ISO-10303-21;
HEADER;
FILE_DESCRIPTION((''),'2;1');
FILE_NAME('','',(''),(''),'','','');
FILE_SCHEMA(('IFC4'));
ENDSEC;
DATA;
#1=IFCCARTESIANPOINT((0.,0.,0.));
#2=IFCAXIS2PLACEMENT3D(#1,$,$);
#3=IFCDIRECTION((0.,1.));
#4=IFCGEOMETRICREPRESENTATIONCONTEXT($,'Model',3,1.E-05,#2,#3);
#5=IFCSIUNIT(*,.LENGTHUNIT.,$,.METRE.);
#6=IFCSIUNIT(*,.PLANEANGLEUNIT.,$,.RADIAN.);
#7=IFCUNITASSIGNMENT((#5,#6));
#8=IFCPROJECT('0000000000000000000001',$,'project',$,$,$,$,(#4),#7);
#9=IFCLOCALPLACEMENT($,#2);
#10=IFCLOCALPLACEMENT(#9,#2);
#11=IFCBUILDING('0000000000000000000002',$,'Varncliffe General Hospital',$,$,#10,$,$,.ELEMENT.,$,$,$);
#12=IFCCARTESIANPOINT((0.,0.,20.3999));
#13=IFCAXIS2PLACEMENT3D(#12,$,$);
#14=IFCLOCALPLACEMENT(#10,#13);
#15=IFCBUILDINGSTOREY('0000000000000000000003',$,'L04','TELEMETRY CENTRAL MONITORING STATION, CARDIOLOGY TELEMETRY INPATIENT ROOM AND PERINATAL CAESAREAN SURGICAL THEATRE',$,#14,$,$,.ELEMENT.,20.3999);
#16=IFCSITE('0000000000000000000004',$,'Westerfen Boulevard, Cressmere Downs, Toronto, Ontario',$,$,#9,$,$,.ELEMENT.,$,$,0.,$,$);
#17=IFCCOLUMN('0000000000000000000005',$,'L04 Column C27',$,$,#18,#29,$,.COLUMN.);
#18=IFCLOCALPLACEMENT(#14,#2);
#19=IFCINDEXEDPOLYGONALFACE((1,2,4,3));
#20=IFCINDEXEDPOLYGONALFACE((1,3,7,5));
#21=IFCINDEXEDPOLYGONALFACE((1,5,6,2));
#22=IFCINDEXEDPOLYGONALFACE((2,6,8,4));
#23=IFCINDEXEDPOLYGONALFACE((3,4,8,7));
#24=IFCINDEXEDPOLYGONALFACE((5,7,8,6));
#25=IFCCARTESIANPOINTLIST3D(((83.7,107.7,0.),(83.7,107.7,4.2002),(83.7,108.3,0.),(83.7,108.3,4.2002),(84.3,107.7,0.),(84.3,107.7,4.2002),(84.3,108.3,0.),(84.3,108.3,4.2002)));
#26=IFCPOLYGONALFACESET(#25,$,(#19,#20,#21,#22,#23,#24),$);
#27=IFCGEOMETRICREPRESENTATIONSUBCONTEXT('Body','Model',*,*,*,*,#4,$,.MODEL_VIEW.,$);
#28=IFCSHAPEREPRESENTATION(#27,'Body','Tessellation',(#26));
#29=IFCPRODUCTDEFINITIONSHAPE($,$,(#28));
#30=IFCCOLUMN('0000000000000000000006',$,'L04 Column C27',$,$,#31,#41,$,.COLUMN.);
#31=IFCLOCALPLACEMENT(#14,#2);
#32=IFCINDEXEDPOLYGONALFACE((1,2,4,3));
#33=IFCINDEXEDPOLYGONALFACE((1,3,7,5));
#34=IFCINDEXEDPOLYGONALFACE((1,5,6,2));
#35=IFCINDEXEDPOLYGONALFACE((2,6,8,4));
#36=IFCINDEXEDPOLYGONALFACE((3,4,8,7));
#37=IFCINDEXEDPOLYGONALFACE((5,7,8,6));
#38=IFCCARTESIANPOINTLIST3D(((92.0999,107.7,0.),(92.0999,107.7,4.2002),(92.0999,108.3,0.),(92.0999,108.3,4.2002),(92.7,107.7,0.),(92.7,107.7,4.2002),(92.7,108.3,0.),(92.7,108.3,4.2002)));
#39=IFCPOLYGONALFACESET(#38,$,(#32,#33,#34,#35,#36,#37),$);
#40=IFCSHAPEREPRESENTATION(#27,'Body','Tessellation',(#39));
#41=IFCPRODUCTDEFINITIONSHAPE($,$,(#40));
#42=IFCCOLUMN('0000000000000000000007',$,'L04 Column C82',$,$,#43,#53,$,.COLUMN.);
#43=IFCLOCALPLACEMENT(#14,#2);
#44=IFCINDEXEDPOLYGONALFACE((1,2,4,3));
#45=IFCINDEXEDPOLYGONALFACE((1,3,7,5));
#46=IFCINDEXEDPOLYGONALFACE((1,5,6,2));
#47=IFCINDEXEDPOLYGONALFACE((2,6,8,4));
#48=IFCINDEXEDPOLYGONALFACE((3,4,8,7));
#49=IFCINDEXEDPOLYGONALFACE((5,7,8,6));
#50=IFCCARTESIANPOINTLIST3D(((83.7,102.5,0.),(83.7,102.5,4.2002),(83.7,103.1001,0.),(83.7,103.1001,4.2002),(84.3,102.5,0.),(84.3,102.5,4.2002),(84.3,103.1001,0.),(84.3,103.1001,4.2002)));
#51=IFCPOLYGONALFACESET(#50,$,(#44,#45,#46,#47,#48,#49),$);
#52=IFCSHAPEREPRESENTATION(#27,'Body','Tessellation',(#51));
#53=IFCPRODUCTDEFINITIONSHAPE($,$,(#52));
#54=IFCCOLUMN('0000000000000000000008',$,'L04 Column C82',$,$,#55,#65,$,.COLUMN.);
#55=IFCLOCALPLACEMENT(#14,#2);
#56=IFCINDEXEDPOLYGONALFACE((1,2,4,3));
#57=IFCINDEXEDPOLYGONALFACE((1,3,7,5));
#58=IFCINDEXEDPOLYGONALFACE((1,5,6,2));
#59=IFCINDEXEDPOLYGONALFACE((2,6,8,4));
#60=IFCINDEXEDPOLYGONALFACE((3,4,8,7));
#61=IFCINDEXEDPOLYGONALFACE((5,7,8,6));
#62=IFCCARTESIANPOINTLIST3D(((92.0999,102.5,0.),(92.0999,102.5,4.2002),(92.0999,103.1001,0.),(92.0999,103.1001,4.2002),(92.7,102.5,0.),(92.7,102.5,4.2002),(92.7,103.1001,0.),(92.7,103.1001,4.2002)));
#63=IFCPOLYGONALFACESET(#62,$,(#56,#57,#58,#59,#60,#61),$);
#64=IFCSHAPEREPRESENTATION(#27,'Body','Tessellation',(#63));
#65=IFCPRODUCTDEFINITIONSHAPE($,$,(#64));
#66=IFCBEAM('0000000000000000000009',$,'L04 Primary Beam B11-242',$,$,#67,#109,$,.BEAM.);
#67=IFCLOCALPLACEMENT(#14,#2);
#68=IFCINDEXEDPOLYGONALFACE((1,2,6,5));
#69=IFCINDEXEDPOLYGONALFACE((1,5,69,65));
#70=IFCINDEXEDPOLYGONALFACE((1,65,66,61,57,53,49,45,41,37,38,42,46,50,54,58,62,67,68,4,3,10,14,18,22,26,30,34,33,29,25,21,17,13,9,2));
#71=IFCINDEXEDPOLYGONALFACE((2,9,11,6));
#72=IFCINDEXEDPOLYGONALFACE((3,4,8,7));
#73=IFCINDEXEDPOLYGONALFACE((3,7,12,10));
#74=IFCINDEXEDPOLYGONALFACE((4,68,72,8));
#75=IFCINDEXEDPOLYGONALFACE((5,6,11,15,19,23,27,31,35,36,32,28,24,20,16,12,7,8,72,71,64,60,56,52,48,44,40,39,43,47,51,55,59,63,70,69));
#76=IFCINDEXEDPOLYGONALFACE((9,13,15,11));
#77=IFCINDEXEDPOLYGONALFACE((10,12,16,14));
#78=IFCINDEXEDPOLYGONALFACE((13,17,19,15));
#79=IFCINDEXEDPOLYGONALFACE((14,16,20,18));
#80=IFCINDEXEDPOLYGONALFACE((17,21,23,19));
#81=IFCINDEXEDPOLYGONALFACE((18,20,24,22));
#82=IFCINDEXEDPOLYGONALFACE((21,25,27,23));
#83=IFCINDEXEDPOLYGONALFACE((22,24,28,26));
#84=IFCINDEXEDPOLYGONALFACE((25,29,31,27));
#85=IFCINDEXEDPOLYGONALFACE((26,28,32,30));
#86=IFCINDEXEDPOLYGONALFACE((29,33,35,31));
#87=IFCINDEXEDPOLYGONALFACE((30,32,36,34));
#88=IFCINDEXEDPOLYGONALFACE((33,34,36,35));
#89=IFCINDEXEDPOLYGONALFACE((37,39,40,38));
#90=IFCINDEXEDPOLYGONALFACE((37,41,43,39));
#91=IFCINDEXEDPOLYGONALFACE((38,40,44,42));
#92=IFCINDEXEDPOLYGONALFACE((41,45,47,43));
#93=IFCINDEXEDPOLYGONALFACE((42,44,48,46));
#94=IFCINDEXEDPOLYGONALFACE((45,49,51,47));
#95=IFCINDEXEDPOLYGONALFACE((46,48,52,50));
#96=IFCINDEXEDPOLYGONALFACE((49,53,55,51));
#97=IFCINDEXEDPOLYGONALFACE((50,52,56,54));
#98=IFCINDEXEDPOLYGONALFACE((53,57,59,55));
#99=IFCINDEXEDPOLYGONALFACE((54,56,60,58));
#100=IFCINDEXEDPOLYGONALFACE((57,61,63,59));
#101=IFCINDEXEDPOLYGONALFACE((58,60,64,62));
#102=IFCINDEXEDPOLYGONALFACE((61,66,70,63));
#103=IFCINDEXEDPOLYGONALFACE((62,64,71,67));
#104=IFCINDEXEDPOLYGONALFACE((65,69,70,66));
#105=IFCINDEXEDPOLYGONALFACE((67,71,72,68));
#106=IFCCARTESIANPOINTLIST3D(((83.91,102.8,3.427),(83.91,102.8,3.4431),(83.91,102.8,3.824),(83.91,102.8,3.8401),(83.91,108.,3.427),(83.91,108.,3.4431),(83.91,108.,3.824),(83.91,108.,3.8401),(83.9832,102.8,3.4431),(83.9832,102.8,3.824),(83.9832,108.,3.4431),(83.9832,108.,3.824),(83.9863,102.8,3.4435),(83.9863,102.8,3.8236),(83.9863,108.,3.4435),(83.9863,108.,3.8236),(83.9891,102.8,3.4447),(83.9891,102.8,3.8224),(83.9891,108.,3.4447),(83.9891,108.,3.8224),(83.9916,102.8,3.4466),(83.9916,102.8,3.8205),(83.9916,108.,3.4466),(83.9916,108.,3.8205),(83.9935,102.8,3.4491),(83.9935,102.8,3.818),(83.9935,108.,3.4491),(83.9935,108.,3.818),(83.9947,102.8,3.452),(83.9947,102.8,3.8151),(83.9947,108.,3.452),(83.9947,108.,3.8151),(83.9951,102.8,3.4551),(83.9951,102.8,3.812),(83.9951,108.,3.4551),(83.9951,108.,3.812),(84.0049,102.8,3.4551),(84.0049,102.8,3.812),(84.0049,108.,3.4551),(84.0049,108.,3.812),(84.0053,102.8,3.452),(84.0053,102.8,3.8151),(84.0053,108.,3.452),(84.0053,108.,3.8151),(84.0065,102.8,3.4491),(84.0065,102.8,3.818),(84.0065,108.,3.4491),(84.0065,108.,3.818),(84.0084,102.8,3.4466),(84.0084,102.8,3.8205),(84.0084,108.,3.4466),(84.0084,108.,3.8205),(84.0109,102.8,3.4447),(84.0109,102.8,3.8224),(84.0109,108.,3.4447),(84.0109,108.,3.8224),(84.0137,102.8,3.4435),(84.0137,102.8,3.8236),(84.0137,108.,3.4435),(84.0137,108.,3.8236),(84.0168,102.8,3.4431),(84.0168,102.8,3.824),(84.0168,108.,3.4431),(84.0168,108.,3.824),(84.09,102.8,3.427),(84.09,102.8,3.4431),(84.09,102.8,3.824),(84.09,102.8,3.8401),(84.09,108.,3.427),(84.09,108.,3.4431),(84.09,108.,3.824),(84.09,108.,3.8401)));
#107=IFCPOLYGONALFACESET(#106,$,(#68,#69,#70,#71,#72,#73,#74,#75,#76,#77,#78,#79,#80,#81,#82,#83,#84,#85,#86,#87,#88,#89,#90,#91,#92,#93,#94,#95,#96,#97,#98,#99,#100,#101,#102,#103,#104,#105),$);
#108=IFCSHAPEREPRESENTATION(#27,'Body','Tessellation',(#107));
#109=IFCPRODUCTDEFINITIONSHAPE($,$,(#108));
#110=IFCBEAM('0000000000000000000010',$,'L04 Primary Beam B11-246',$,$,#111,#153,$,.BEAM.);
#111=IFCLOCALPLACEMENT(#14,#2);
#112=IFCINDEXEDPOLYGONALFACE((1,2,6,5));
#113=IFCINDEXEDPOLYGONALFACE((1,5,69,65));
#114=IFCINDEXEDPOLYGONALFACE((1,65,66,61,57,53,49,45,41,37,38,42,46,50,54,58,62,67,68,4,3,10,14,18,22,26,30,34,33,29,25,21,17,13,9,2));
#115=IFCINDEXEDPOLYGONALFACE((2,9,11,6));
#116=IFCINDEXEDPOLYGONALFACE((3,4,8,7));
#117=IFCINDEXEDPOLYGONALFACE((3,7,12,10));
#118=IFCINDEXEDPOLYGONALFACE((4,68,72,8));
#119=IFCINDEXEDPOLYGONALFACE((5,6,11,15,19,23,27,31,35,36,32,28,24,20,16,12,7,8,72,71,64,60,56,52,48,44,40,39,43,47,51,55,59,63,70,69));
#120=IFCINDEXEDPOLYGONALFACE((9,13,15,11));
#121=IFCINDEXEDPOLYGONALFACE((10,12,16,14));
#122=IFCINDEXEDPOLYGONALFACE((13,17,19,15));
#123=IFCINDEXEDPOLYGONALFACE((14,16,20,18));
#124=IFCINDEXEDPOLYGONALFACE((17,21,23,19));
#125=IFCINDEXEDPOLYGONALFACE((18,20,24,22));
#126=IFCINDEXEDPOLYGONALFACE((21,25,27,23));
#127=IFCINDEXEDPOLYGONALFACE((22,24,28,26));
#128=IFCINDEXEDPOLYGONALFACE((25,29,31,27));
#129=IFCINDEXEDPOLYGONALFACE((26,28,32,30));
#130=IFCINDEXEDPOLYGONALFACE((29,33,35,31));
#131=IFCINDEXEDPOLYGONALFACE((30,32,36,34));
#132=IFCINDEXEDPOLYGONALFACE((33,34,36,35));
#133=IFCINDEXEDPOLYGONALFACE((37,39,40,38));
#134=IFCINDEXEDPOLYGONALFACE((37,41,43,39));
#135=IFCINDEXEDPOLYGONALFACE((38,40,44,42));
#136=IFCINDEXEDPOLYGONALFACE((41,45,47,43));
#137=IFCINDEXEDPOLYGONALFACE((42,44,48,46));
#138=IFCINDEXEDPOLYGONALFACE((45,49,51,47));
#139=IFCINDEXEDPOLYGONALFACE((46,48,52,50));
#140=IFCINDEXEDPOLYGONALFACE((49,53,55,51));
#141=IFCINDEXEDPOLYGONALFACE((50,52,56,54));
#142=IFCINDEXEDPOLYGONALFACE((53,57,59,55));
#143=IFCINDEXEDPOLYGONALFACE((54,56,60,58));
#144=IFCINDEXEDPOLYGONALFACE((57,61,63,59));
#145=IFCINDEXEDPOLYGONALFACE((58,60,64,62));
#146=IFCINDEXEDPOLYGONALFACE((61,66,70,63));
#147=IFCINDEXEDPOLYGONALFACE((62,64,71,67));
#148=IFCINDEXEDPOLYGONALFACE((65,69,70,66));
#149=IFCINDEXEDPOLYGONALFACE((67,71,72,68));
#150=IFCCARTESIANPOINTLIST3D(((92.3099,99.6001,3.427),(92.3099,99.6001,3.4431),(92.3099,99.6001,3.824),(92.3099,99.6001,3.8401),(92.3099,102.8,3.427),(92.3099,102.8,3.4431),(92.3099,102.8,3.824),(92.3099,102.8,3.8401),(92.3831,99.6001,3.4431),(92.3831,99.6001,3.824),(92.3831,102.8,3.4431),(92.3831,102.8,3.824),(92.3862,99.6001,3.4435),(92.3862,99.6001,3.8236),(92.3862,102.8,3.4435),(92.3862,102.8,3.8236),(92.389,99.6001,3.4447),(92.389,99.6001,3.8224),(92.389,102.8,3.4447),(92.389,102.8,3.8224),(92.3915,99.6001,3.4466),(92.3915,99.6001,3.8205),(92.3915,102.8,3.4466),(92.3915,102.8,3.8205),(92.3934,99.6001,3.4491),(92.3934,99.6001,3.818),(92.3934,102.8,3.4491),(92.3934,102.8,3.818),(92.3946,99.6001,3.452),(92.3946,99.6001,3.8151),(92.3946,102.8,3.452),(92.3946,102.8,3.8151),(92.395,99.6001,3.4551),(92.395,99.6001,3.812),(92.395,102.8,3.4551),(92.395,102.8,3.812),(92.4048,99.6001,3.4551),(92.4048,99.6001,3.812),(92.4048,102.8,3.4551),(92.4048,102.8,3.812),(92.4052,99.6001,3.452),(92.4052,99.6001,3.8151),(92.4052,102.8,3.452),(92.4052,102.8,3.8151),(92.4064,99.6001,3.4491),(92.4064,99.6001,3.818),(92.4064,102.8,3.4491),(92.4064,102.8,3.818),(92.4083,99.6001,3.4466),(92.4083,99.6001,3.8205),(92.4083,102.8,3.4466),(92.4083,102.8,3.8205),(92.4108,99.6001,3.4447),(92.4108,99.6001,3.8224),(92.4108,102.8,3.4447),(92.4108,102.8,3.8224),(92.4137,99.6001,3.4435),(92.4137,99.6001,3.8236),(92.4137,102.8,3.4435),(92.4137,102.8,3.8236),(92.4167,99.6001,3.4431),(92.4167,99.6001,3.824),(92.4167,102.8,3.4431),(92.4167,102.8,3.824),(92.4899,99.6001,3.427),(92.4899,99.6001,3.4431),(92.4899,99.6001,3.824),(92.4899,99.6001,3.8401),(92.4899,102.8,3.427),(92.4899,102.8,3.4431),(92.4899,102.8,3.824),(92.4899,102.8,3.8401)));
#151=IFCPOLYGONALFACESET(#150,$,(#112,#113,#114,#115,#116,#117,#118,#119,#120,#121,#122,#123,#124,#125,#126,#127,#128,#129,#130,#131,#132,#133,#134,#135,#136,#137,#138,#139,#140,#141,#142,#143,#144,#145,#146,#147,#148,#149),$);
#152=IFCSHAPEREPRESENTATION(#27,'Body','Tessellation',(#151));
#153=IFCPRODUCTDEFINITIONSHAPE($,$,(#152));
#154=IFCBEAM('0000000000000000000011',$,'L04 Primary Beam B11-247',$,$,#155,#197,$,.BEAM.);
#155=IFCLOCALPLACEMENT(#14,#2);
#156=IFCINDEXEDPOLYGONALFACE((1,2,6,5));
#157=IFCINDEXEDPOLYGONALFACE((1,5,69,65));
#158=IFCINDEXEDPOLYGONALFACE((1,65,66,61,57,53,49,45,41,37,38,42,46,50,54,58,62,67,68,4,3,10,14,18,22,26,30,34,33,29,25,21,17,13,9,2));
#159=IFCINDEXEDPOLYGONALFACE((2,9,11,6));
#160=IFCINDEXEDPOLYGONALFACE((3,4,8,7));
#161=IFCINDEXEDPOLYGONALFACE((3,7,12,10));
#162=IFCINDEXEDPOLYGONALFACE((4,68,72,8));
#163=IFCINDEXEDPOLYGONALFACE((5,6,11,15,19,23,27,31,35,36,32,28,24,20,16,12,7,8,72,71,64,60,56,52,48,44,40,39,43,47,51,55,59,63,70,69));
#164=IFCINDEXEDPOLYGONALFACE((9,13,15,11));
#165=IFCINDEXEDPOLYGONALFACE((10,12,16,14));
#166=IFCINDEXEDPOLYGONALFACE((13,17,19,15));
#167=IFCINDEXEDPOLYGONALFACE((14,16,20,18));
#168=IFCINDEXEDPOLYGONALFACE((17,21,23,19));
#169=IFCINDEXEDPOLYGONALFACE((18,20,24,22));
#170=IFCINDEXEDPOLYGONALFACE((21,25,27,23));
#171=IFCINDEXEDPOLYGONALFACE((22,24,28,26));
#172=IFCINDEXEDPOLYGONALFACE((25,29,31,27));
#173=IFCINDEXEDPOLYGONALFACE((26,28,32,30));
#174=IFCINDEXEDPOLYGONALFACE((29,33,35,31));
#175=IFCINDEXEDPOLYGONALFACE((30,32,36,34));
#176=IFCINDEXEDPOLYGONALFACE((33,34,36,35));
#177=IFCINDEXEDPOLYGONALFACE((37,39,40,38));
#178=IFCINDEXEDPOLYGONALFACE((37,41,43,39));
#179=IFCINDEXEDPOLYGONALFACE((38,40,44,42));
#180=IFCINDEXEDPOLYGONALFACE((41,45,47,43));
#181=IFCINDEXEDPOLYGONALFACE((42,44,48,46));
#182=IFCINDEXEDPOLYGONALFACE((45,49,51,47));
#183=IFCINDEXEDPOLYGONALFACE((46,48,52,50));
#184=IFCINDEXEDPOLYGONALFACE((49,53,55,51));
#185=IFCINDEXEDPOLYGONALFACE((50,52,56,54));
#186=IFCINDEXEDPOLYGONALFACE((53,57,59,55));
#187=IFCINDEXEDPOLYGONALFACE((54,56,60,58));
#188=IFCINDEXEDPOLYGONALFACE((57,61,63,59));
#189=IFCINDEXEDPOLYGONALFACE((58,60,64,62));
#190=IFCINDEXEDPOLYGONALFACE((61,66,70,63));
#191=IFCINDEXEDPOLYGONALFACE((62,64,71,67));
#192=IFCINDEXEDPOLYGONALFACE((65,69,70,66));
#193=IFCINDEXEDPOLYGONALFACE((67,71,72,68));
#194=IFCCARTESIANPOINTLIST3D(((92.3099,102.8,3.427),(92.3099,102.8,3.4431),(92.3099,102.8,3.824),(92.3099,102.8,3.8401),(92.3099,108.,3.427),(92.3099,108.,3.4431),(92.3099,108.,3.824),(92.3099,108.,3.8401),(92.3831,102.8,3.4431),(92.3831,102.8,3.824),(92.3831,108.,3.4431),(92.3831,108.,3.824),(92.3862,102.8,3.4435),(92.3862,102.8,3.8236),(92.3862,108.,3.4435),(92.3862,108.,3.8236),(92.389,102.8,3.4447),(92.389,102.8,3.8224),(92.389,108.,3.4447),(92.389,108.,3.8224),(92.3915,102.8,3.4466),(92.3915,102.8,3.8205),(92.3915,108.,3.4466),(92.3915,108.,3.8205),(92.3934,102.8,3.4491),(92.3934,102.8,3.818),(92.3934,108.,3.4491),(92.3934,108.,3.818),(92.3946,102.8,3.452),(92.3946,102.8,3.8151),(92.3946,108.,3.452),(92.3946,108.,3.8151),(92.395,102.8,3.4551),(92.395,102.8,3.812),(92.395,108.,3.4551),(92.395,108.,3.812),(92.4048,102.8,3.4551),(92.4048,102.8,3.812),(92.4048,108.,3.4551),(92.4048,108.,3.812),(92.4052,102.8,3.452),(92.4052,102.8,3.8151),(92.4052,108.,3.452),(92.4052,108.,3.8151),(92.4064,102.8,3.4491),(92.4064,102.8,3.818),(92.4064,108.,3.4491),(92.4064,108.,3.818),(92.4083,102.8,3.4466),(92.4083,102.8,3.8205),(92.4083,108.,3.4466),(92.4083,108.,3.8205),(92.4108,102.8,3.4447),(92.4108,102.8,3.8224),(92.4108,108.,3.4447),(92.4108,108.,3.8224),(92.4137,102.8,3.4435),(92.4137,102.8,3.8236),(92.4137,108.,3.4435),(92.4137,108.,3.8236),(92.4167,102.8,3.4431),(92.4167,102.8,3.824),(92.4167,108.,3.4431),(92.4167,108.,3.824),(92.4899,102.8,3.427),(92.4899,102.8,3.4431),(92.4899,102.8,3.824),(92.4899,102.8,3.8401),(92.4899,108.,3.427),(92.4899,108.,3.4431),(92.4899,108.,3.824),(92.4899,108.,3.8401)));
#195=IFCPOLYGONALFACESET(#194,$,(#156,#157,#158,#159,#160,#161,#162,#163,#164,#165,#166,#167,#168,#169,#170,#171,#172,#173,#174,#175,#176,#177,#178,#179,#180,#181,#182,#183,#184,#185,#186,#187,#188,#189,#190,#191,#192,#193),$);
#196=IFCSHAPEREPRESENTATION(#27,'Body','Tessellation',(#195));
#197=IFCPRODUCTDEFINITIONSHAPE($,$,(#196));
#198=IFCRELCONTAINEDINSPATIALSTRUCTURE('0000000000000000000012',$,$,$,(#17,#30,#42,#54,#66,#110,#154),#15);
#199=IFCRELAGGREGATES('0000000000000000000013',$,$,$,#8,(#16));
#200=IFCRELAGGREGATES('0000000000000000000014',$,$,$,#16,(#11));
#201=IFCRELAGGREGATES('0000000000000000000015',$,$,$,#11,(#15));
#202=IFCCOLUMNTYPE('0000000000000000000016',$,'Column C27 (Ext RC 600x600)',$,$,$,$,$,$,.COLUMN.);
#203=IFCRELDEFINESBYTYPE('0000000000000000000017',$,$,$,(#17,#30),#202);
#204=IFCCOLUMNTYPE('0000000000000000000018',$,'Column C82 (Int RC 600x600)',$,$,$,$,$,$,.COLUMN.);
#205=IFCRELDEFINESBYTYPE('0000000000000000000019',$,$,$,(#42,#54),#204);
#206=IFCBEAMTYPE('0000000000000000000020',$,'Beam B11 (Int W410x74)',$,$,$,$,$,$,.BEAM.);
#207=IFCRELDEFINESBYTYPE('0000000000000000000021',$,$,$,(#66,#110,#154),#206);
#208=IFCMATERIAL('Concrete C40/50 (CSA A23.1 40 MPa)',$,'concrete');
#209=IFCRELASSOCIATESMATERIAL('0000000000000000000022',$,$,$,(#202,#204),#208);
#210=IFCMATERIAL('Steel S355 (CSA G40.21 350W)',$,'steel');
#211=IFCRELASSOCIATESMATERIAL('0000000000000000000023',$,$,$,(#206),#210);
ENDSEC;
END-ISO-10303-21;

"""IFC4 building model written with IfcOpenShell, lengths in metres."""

from ifc_helpers import new_model, si_unit, direction, frame, origin, origin_2d, place, context, subcontext, project, spatial, rectangle, i_section, extrude, material, material_profile, profile_set, type_object, element, save


model = new_model("IFC4")

# Units and contexts
model_context = context("Model", 3, precision=1e-05, world=origin(), true_north=direction((0.0, 1.0)))
body_context = subcontext(model_context, "Body", "Model", "MODEL_VIEW")
ifc_project = project(units=[si_unit("LENGTHUNIT", "METRE"), si_unit("PLANEANGLEUNIT", "RADIAN")], contexts=[model_context])

# Site, building, storey
site_placement = place(None, origin())
site = spatial("IfcSite", under=ifc_project, at=site_placement, Name="Westerfen Boulevard, Cressmere Downs, Toronto, Ontario", CompositionType="ELEMENT", RefElevation=0.0)
building_placement = place(site_placement, origin())
building = spatial("IfcBuilding", under=site, at=building_placement, Name="Varncliffe General Hospital", CompositionType="ELEMENT")
storey_placement = place(building_placement, frame((0.0, 0.0, 20.3999)))
storey = spatial("IfcBuildingStorey", under=building, at=storey_placement, Name="L04", Description="TELEMETRY CENTRAL MONITORING STATION, CARDIOLOGY TELEMETRY INPATIENT ROOM AND PERINATAL CAESAREAN SURGICAL THEATRE", CompositionType="ELEMENT", Elevation=20.3999)

# Columns
ifc_material_1 = material(Name="Concrete C40/50 (CSA A23.1 40 MPa)", Category="concrete")
ifc_material_profile_1 = material_profile(ifc_material_1, rectangle(XDim=0.6001, YDim=0.6001, at=origin_2d()), Name="RC 600x600")
ifc_profile_set_1 = profile_set([ifc_material_profile_1], Name="Concrete C40/50 (CSA A23.1 40 MPa)")
column_type_1 = type_object("IfcColumnType", Name="Column C27 (Ext RC 600x600)", PredefinedType="COLUMN", material=ifc_profile_set_1)
for number, where, z_axis, x_axis, name in (
    (1, (84.0, 108.0, 0.0), (0.0, 0.0, 1.0), (1.0, 0.0, 0.0), "L04 Column C27"),
    (2, (92.3999, 108.0, 0.0), (0.0, 0.0, 1.0), (1.0, 0.0, 0.0), "L04 Column C27"),
):
    element("IfcColumn", number, at=place(storey_placement, frame(where, z_axis=z_axis, x_axis=x_axis)), inside=storey, type_object=column_type_1, Name=name, PredefinedType="COLUMN", context=body_context, shape_type="SweptSolid", body=[
        extrude(rectangle(XDim=0.6001, YDim=0.6001, at=origin_2d()), origin(), (0.0, 0.0, 1.0), 4.2002),
    ])
ifc_material_profile_2 = material_profile(ifc_material_1, rectangle(XDim=0.6001, YDim=0.6001, at=origin_2d()), Name="RC 600x600")
ifc_profile_set_2 = profile_set([ifc_material_profile_2], Name="Concrete C40/50 (CSA A23.1 40 MPa)")
column_type_2 = type_object("IfcColumnType", Name="Column C82 (Int RC 600x600)", PredefinedType="COLUMN", material=ifc_profile_set_2)
for number, where, z_axis, x_axis, name in (
    (3, (84.0, 102.8, 0.0), (0.0, 0.0, 1.0), (1.0, 0.0, 0.0), "L04 Column C82"),
    (4, (92.3999, 102.8, 0.0), (0.0, 0.0, 1.0), (1.0, 0.0, 0.0), "L04 Column C82"),
):
    element("IfcColumn", number, at=place(storey_placement, frame(where, z_axis=z_axis, x_axis=x_axis)), inside=storey, type_object=column_type_2, Name=name, PredefinedType="COLUMN", context=body_context, shape_type="SweptSolid", body=[
        extrude(rectangle(XDim=0.6001, YDim=0.6001, at=origin_2d()), origin(), (0.0, 0.0, 1.0), 4.2002),
    ])

# Beams
ifc_material_2 = material(Name="Steel S355 (CSA G40.21 350W)", Category="steel")
ifc_material_profile_3 = material_profile(ifc_material_2, i_section(OverallWidth=0.1799, OverallDepth=0.4131, WebThickness=0.0098, FlangeThickness=0.0161, FilletRadius=0.012, at=origin_2d()), Name="W410x74")
ifc_profile_set_3 = profile_set([ifc_material_profile_3], Name="Steel S355 (CSA G40.21 350W)")
beam_type_1 = type_object("IfcBeamType", Name="Beam B11 (Int W410x74)", PredefinedType="BEAM", material=ifc_profile_set_3)
beam_1_placement = place(storey_placement, frame((84.0, 102.8, 3.6335), z_axis=(0.0, 1.0, 0.0), x_axis=(-1.0, 0.0, 0.0)))
element("IfcBeam", 5, at=beam_1_placement, inside=storey, type_object=beam_type_1, Name="L04 Primary Beam B11-242", PredefinedType="BEAM", context=body_context, shape_type="SweptSolid", body=[
    extrude(i_section(OverallWidth=0.1799, OverallDepth=0.4131, WebThickness=0.0098, FlangeThickness=0.0161, FilletRadius=0.012, at=origin_2d()), origin(), (0.0, 0.0, 1.0), 5.2),
])
beam_2_placement = place(storey_placement, frame((92.3999, 99.6001, 3.6335), z_axis=(0.0, 1.0, 0.0), x_axis=(-1.0, 0.0, 0.0)))
element("IfcBeam", 6, at=beam_2_placement, inside=storey, type_object=beam_type_1, Name="L04 Primary Beam B11-246", PredefinedType="BEAM", context=body_context, shape_type="SweptSolid", body=[
    extrude(i_section(OverallWidth=0.1799, OverallDepth=0.4131, WebThickness=0.0098, FlangeThickness=0.0161, FilletRadius=0.012, at=origin_2d()), origin(), (0.0, 0.0, 1.0), 3.2),
])
beam_3_placement = place(storey_placement, frame((92.3999, 102.8, 3.6335), z_axis=(0.0, 1.0, 0.0), x_axis=(-1.0, 0.0, 0.0)))
element("IfcBeam", 7, at=beam_3_placement, inside=storey, type_object=beam_type_1, Name="L04 Primary Beam B11-247", PredefinedType="BEAM", context=body_context, shape_type="SweptSolid", body=[
    extrude(i_section(OverallWidth=0.1799, OverallDepth=0.4131, WebThickness=0.0098, FlangeThickness=0.0161, FilletRadius=0.012, at=origin_2d()), origin(), (0.0, 0.0, 1.0), 5.2),
])

save(model, "model.ifc")
